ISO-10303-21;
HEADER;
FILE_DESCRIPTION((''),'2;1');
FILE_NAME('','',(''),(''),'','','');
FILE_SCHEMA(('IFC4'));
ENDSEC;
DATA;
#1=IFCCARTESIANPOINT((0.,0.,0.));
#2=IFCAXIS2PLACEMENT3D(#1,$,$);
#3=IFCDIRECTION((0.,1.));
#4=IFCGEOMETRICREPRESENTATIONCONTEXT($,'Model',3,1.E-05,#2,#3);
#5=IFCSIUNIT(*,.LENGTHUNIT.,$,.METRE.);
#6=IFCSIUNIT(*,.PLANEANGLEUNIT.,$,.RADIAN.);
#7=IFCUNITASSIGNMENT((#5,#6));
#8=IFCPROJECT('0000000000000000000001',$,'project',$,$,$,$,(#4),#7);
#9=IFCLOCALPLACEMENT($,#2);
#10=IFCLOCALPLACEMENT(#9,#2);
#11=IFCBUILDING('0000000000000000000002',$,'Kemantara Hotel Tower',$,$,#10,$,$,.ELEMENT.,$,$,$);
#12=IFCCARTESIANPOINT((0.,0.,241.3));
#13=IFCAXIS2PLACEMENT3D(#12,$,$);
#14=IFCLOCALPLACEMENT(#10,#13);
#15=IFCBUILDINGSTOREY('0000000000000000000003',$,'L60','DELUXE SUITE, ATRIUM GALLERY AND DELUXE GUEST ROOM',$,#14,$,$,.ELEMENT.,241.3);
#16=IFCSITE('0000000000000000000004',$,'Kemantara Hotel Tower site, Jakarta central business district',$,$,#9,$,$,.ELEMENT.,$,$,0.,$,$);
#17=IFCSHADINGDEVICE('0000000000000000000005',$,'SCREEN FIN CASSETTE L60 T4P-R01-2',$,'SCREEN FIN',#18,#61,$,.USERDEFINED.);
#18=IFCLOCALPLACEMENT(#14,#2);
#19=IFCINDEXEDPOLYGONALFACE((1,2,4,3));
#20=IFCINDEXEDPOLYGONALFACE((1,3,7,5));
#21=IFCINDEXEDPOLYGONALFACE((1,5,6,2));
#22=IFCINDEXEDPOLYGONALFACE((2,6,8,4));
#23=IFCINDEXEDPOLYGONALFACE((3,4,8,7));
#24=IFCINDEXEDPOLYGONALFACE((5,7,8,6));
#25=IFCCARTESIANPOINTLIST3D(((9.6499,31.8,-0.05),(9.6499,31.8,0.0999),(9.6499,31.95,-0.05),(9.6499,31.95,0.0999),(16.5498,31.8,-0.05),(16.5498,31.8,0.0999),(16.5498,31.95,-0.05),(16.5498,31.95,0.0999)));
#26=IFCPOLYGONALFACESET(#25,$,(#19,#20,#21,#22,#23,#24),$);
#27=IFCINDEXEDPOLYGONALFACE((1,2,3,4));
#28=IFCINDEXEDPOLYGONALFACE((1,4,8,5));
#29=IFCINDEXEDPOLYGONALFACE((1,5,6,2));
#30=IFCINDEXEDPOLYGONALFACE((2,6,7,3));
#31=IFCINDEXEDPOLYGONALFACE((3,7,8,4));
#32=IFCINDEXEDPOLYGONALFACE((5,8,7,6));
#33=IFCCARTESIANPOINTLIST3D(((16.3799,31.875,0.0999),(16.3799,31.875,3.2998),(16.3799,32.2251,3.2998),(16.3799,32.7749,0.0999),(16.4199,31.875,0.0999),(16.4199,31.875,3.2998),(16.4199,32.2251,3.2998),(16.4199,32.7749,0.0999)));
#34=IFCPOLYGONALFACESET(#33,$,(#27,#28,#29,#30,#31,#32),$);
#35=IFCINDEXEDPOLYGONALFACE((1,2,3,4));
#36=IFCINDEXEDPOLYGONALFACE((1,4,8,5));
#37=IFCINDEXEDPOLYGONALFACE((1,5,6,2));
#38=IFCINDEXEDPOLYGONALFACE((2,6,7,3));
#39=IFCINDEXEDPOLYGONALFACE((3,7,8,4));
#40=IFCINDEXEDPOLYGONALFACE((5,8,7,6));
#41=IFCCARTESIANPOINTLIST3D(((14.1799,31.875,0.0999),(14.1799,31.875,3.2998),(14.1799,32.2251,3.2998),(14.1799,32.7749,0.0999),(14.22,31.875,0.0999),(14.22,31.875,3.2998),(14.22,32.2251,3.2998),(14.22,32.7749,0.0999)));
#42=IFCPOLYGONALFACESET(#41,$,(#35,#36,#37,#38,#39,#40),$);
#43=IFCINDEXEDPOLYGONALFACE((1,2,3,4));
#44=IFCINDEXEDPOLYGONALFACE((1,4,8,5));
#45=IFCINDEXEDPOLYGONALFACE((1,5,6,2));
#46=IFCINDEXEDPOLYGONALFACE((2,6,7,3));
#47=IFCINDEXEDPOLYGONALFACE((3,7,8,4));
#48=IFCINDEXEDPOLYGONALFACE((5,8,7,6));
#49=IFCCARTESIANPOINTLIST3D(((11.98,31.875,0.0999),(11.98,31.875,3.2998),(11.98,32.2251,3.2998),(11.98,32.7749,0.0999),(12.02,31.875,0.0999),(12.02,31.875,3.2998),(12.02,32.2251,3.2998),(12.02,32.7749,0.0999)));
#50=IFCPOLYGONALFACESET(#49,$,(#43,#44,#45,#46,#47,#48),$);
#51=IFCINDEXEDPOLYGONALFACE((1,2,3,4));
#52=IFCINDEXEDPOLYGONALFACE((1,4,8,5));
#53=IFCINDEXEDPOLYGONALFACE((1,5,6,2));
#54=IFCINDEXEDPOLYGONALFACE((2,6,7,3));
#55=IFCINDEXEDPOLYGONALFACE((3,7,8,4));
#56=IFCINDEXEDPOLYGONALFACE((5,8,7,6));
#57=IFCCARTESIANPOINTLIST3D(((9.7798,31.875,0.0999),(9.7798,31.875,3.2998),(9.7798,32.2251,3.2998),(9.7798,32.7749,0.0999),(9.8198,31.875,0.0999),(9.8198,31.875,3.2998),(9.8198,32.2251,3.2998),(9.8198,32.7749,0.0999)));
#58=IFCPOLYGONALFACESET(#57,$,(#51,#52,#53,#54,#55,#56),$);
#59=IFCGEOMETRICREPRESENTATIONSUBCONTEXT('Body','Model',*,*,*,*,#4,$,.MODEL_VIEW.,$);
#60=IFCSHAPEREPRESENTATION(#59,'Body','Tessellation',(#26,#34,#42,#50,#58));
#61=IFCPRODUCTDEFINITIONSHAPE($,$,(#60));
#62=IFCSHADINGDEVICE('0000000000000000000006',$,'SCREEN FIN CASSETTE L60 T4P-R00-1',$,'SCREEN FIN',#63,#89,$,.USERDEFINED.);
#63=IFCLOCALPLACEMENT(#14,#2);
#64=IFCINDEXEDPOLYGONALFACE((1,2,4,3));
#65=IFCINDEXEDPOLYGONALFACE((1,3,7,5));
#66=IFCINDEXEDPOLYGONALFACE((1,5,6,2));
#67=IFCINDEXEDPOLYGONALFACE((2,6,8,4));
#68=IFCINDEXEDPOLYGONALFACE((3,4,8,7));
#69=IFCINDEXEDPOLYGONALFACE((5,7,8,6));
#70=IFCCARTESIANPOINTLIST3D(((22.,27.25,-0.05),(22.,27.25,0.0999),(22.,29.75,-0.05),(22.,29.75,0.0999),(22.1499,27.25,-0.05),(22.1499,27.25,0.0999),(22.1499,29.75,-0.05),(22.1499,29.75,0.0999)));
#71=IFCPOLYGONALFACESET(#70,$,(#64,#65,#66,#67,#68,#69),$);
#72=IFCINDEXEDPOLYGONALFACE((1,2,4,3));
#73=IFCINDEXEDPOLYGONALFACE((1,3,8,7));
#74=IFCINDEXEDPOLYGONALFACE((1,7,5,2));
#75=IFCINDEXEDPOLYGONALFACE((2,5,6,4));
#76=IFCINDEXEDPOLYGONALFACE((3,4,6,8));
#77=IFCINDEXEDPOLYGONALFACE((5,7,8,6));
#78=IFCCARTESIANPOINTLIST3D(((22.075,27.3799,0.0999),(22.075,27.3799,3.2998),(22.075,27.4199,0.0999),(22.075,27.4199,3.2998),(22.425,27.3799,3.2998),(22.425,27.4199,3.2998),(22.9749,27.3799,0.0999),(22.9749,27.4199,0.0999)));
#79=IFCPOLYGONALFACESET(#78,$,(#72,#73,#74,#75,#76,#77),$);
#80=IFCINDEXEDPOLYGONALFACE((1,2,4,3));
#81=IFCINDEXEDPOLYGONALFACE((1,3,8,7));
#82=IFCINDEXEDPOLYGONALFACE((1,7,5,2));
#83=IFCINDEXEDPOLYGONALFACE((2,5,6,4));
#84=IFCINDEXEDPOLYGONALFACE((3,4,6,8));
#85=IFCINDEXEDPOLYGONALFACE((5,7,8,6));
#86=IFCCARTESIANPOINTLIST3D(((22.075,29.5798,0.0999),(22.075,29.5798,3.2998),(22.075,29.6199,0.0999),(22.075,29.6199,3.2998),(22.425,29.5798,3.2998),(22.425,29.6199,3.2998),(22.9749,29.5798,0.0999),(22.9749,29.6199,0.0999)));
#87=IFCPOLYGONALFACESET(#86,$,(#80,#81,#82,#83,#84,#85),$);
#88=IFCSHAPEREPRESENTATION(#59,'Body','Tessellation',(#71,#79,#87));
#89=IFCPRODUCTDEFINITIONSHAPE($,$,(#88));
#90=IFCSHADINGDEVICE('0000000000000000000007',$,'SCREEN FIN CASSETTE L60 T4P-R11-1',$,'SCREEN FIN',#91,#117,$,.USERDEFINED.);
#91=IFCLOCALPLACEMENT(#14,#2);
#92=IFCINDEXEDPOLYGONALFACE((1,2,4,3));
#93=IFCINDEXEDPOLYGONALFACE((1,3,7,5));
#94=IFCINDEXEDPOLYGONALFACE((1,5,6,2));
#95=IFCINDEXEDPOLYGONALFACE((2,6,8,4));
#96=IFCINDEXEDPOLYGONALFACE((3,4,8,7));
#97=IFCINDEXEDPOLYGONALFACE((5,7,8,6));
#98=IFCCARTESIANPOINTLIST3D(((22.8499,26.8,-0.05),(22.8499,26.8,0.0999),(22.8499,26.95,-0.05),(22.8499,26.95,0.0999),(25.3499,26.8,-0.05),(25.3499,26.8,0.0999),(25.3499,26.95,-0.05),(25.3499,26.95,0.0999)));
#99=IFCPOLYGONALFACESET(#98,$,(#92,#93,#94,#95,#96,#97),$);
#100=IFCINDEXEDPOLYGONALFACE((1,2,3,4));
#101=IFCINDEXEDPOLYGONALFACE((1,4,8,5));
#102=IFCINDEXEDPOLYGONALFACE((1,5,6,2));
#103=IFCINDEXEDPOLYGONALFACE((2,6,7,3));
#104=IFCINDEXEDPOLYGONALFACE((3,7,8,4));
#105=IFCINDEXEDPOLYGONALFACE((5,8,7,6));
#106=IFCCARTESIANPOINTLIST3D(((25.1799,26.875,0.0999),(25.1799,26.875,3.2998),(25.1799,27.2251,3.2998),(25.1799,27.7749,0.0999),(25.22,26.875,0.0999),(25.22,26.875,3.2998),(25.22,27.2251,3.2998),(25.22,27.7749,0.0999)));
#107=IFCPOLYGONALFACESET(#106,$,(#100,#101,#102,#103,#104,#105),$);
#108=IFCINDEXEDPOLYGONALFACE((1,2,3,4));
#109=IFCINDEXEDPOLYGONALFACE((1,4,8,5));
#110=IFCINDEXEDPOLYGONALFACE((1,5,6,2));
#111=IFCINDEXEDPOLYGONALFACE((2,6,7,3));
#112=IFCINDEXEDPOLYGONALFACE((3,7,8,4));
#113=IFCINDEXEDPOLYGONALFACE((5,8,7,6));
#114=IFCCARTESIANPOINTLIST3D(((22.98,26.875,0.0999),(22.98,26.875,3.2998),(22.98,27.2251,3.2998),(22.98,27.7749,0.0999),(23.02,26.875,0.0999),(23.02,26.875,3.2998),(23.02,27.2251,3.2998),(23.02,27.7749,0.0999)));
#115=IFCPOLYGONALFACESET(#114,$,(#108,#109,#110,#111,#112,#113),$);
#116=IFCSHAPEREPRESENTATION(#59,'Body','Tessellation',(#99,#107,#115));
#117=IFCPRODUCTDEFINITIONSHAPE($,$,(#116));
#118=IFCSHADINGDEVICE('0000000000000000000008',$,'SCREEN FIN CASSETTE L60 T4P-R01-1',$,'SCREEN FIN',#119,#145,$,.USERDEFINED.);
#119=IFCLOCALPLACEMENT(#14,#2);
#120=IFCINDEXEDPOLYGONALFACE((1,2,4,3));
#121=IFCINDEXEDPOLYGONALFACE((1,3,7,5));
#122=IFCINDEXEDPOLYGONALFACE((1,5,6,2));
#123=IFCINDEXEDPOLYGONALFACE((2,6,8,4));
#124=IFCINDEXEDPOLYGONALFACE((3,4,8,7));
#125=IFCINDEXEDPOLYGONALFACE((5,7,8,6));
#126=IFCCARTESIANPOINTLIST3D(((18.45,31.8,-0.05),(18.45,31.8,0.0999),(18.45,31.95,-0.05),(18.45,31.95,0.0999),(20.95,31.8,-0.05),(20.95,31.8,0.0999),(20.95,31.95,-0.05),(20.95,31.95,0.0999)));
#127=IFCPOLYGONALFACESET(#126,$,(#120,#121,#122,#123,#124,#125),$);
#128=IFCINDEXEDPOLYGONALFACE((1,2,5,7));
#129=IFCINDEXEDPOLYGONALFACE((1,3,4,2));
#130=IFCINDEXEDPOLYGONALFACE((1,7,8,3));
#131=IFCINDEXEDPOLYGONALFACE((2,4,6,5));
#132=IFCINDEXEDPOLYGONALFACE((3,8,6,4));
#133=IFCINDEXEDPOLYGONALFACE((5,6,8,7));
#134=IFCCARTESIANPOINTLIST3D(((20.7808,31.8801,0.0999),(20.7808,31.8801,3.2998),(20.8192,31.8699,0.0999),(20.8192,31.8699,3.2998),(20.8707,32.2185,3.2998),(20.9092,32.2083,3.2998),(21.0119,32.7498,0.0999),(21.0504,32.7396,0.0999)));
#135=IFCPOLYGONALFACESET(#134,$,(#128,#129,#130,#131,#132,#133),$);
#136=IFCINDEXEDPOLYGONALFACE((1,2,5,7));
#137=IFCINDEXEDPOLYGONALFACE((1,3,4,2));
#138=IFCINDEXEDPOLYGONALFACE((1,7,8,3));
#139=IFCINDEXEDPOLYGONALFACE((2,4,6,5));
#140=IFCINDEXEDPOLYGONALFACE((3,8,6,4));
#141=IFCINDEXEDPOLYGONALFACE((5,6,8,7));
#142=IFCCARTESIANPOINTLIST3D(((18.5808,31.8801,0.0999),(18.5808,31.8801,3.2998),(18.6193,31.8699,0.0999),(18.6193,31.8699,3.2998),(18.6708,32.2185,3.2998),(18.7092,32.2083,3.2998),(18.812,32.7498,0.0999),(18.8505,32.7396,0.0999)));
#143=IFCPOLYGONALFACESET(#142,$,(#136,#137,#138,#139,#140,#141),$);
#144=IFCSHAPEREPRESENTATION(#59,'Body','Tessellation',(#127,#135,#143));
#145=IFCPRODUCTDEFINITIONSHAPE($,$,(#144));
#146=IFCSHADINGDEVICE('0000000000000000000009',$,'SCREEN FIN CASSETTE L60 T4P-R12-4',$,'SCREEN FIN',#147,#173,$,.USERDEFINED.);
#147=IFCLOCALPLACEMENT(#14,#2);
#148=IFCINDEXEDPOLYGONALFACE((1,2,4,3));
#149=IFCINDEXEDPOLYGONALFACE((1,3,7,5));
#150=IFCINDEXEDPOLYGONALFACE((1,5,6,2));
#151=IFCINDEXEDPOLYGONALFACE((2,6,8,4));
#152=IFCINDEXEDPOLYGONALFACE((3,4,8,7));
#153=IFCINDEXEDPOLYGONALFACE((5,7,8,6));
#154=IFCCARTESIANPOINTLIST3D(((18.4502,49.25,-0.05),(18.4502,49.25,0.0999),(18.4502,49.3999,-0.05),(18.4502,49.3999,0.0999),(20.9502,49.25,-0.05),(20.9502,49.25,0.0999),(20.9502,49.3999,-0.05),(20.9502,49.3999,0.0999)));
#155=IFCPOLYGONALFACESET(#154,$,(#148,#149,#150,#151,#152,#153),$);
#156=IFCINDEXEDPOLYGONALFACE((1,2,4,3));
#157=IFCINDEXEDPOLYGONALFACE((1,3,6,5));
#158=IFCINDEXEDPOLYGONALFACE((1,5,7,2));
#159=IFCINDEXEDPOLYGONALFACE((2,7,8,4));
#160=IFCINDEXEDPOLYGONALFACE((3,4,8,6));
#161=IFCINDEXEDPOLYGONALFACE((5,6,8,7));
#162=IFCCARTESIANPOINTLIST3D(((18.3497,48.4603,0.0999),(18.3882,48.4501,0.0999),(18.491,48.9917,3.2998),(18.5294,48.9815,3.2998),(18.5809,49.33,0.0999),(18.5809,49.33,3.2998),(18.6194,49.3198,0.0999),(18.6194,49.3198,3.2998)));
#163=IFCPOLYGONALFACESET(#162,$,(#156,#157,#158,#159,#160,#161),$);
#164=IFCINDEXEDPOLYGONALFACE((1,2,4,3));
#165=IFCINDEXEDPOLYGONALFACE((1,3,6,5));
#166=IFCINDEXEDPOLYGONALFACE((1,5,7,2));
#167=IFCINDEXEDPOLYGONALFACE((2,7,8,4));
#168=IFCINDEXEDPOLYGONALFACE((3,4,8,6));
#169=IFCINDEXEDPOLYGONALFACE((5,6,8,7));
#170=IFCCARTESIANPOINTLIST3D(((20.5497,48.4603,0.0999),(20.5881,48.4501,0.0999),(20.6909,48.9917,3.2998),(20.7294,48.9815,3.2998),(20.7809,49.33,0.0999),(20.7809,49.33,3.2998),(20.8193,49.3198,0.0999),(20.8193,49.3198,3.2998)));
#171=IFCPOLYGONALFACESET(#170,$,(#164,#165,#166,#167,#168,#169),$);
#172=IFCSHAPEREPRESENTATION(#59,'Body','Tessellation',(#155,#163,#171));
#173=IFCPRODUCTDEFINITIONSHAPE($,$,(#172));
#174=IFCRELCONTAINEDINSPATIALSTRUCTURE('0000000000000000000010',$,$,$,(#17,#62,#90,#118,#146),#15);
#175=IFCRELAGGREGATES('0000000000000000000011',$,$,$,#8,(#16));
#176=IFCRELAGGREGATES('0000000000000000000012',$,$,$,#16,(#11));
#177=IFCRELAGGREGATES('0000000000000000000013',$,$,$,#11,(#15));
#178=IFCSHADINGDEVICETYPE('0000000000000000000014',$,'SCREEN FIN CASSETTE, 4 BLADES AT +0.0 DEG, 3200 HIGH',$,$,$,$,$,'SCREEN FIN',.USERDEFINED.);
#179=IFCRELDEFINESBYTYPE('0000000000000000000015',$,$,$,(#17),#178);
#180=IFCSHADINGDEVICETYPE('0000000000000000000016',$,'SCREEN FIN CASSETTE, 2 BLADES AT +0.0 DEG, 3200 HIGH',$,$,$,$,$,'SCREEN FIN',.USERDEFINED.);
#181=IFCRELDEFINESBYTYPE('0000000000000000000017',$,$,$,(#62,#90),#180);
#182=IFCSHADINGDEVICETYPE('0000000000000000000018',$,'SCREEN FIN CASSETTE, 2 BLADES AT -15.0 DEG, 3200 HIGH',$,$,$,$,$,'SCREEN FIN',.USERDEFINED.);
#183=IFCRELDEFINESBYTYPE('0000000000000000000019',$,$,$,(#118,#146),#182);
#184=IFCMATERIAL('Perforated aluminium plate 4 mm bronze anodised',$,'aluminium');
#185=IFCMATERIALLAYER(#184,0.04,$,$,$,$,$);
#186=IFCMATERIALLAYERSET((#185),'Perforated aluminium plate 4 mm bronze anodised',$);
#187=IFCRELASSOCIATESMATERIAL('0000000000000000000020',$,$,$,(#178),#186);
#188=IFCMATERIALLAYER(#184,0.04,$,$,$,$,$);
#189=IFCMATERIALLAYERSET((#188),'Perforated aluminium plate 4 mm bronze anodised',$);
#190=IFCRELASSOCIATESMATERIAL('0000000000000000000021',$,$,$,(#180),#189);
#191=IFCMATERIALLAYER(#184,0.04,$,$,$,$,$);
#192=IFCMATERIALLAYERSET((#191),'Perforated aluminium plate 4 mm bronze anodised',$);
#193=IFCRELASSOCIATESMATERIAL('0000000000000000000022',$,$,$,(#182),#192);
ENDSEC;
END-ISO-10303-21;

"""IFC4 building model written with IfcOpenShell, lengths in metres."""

from ifc_helpers import new_model, si_unit, direction, frame, origin, origin_2d, place, context, subcontext, project, spatial, polyline, rectangle, outline, extrude, source, transform, mapped, material, layer, layer_set, type_object, element, save


model = new_model("IFC4")

# Units and contexts
model_context = context("Model", 3, precision=1e-05, world=origin(), true_north=direction((0.0, 1.0)))
body_context = subcontext(model_context, "Body", "Model", "MODEL_VIEW")
ifc_project = project(units=[si_unit("LENGTHUNIT", "METRE"), si_unit("PLANEANGLEUNIT", "RADIAN")], contexts=[model_context])

# Site, building, storey
site_placement = place(None, origin())
site = spatial("IfcSite", under=ifc_project, at=site_placement, Name="Kemantara Hotel Tower site, Jakarta central business district", CompositionType="ELEMENT", RefElevation=0.0)
building_placement = place(site_placement, origin())
building = spatial("IfcBuilding", under=site, at=building_placement, Name="Kemantara Hotel Tower", CompositionType="ELEMENT")
storey_placement = place(building_placement, frame((0.0, 0.0, 241.3)))
storey = spatial("IfcBuildingStorey", under=building, at=storey_placement, Name="L60", Description="DELUXE SUITE, ATRIUM GALLERY AND DELUXE GUEST ROOM", CompositionType="ELEMENT", Elevation=241.3)

# Shading devices
ifc_material_1 = material(Name="Perforated aluminium plate 4 mm bronze anodised", Category="aluminium")
ifc_layer_1 = layer(ifc_material_1, 0.04)
ifc_layer_set_1 = layer_set([ifc_layer_1], Name="Perforated aluminium plate 4 mm bronze anodised")
shading_device_type_1 = type_object("IfcShadingDeviceType", Name="SCREEN FIN CASSETTE, 4 BLADES AT +0.0 DEG, 3200 HIGH", ElementType="SCREEN FIN", PredefinedType="USERDEFINED", material=ifc_layer_set_1)
shared_shape_1 = source(origin(), body_context, "Body", "SweptSolid", [
    extrude(rectangle(XDim=6.8999, YDim=0.1499, at=origin_2d()), frame((3.3, -0.075, -0.1499), z_axis=(0.0, 0.0, 1.0), x_axis=(1.0, 0.0, 0.0)), (0.0, 0.0, 1.0), 0.1499),
    extrude(outline(polyline([(0.0, 0.0), (0.8999, 0.0), (0.3501, 3.2), (0.0, 3.2), (0.0, 0.0)])), frame((0.02, -0.075, 0.0), z_axis=(-1.0, 0.0, 0.0), x_axis=(0.0, -1.0, 0.0)), (0.0, 0.0, 1.0), 0.04),
    extrude(outline(polyline([(0.0, 0.0), (0.8999, 0.0), (0.3501, 3.2), (0.0, 3.2), (0.0, 0.0)])), frame((2.22, -0.075, 0.0), z_axis=(-1.0, 0.0, 0.0), x_axis=(0.0, -1.0, 0.0)), (0.0, 0.0, 1.0), 0.04),
    extrude(outline(polyline([(0.0, 0.0), (0.8999, 0.0), (0.3501, 3.2), (0.0, 3.2), (0.0, 0.0)])), frame((4.4199, -0.075, 0.0), z_axis=(-1.0, 0.0, 0.0), x_axis=(0.0, -1.0, 0.0)), (0.0, 0.0, 1.0), 0.04),
    extrude(outline(polyline([(0.0, 0.0), (0.8999, 0.0), (0.3501, 3.2), (0.0, 3.2), (0.0, 0.0)])), frame((6.6201, -0.075, 0.0), z_axis=(-1.0, 0.0, 0.0), x_axis=(0.0, -1.0, 0.0)), (0.0, 0.0, 1.0), 0.04),
])
shading_device_placement = place(storey_placement, frame((16.3999, 31.8, 0.0999), z_axis=(0.0, 0.0, 1.0), x_axis=(-1.0, 0.0, 0.0)))
element("IfcShadingDevice", 1, at=shading_device_placement, inside=storey, type_object=shading_device_type_1, Name="SCREEN FIN CASSETTE L60 T4P-R01-2", ObjectType="SCREEN FIN", PredefinedType="USERDEFINED", context=body_context, shape_type="MappedRepresentation", body=[
    mapped(shared_shape_1, transform((0.0, 0.0, 0.0))),
])
ifc_layer_2 = layer(ifc_material_1, 0.04)
ifc_layer_set_2 = layer_set([ifc_layer_2], Name="Perforated aluminium plate 4 mm bronze anodised")
shading_device_type_2 = type_object("IfcShadingDeviceType", Name="SCREEN FIN CASSETTE, 2 BLADES AT +0.0 DEG, 3200 HIGH", ElementType="SCREEN FIN", PredefinedType="USERDEFINED", material=ifc_layer_set_2)
shared_shape_2 = source(origin(), body_context, "Body", "SweptSolid", [
    extrude(rectangle(XDim=2.5, YDim=0.1499, at=origin_2d()), frame((1.1001, -0.075, -0.1499), z_axis=(0.0, 0.0, 1.0), x_axis=(1.0, 0.0, 0.0)), (0.0, 0.0, 1.0), 0.1499),
    extrude(outline(polyline([(0.0, 0.0), (0.8999, 0.0), (0.3501, 3.2), (0.0, 3.2), (0.0, 0.0)])), frame((0.02, -0.075, 0.0), z_axis=(-1.0, 0.0, 0.0), x_axis=(0.0, -1.0, 0.0)), (0.0, 0.0, 1.0), 0.04),
    extrude(outline(polyline([(0.0, 0.0), (0.8999, 0.0), (0.3501, 3.2), (0.0, 3.2), (0.0, 0.0)])), frame((2.22, -0.075, 0.0), z_axis=(-1.0, 0.0, 0.0), x_axis=(0.0, -1.0, 0.0)), (0.0, 0.0, 1.0), 0.04),
])
for number, where, z_axis, x_axis, name in (
    (2, (22.0, 27.3999, 0.0999), (0.0, 0.0, 1.0), (0.0, 1.0, 0.0), "SCREEN FIN CASSETTE L60 T4P-R00-1"),
    (3, (25.2, 26.8, 0.0999), (0.0, 0.0, 1.0), (-1.0, 0.0, 0.0), "SCREEN FIN CASSETTE L60 T4P-R11-1"),
):
    element("IfcShadingDevice", number, at=place(storey_placement, frame(where, z_axis=z_axis, x_axis=x_axis)), inside=storey, type_object=shading_device_type_2, Name=name, ObjectType="SCREEN FIN", PredefinedType="USERDEFINED", context=body_context, shape_type="MappedRepresentation", body=[
        mapped(shared_shape_2, transform((0.0, 0.0, 0.0))),
    ])
ifc_layer_3 = layer(ifc_material_1, 0.04)
ifc_layer_set_3 = layer_set([ifc_layer_3], Name="Perforated aluminium plate 4 mm bronze anodised")
shading_device_type_3 = type_object("IfcShadingDeviceType", Name="SCREEN FIN CASSETTE, 2 BLADES AT -15.0 DEG, 3200 HIGH", ElementType="SCREEN FIN", PredefinedType="USERDEFINED", material=ifc_layer_set_3)
shared_shape_3 = source(origin(), body_context, "Body", "SweptSolid", [
    extrude(rectangle(XDim=2.5, YDim=0.1499, at=origin_2d()), frame((1.1001, -0.075, -0.1499), z_axis=(0.0, 0.0, 1.0), x_axis=(1.0, 0.0, 0.0)), (0.0, 0.0, 1.0), 0.1499),
    extrude(outline(polyline([(0.0, 0.0), (0.8999, 0.0), (0.3501, 3.2), (0.0, 3.2), (0.0, 0.0)])), frame((0.0193, -0.0801, 0.0), z_axis=(-0.966438, 0.256901, 0.0), x_axis=(-0.256901, -0.966438, 0.0)), (0.0, 0.0, 1.0), 0.0398),
    extrude(outline(polyline([(0.0, 0.0), (0.8999, 0.0), (0.3501, 3.2), (0.0, 3.2), (0.0, 0.0)])), frame((2.2192, -0.0801, 0.0), z_axis=(-0.966438, 0.256901, 0.0), x_axis=(-0.256901, -0.966438, 0.0)), (0.0, 0.0, 1.0), 0.0398),
])
for number, where, z_axis, x_axis, name in (
    (4, (20.8, 31.8, 0.0999), (0.0, 0.0, 1.0), (-1.0, 0.0, 0.0), "SCREEN FIN CASSETTE L60 T4P-R01-1"),
    (5, (18.6001, 49.3999, 0.0999), (0.0, 0.0, 1.0), (1.0, 0.0, 0.0), "SCREEN FIN CASSETTE L60 T4P-R12-4"),
):
    element("IfcShadingDevice", number, at=place(storey_placement, frame(where, z_axis=z_axis, x_axis=x_axis)), inside=storey, type_object=shading_device_type_3, Name=name, ObjectType="SCREEN FIN", PredefinedType="USERDEFINED", context=body_context, shape_type="MappedRepresentation", body=[
        mapped(shared_shape_3, transform((0.0, 0.0, 0.0))),
    ])

save(model, "model.ifc")
